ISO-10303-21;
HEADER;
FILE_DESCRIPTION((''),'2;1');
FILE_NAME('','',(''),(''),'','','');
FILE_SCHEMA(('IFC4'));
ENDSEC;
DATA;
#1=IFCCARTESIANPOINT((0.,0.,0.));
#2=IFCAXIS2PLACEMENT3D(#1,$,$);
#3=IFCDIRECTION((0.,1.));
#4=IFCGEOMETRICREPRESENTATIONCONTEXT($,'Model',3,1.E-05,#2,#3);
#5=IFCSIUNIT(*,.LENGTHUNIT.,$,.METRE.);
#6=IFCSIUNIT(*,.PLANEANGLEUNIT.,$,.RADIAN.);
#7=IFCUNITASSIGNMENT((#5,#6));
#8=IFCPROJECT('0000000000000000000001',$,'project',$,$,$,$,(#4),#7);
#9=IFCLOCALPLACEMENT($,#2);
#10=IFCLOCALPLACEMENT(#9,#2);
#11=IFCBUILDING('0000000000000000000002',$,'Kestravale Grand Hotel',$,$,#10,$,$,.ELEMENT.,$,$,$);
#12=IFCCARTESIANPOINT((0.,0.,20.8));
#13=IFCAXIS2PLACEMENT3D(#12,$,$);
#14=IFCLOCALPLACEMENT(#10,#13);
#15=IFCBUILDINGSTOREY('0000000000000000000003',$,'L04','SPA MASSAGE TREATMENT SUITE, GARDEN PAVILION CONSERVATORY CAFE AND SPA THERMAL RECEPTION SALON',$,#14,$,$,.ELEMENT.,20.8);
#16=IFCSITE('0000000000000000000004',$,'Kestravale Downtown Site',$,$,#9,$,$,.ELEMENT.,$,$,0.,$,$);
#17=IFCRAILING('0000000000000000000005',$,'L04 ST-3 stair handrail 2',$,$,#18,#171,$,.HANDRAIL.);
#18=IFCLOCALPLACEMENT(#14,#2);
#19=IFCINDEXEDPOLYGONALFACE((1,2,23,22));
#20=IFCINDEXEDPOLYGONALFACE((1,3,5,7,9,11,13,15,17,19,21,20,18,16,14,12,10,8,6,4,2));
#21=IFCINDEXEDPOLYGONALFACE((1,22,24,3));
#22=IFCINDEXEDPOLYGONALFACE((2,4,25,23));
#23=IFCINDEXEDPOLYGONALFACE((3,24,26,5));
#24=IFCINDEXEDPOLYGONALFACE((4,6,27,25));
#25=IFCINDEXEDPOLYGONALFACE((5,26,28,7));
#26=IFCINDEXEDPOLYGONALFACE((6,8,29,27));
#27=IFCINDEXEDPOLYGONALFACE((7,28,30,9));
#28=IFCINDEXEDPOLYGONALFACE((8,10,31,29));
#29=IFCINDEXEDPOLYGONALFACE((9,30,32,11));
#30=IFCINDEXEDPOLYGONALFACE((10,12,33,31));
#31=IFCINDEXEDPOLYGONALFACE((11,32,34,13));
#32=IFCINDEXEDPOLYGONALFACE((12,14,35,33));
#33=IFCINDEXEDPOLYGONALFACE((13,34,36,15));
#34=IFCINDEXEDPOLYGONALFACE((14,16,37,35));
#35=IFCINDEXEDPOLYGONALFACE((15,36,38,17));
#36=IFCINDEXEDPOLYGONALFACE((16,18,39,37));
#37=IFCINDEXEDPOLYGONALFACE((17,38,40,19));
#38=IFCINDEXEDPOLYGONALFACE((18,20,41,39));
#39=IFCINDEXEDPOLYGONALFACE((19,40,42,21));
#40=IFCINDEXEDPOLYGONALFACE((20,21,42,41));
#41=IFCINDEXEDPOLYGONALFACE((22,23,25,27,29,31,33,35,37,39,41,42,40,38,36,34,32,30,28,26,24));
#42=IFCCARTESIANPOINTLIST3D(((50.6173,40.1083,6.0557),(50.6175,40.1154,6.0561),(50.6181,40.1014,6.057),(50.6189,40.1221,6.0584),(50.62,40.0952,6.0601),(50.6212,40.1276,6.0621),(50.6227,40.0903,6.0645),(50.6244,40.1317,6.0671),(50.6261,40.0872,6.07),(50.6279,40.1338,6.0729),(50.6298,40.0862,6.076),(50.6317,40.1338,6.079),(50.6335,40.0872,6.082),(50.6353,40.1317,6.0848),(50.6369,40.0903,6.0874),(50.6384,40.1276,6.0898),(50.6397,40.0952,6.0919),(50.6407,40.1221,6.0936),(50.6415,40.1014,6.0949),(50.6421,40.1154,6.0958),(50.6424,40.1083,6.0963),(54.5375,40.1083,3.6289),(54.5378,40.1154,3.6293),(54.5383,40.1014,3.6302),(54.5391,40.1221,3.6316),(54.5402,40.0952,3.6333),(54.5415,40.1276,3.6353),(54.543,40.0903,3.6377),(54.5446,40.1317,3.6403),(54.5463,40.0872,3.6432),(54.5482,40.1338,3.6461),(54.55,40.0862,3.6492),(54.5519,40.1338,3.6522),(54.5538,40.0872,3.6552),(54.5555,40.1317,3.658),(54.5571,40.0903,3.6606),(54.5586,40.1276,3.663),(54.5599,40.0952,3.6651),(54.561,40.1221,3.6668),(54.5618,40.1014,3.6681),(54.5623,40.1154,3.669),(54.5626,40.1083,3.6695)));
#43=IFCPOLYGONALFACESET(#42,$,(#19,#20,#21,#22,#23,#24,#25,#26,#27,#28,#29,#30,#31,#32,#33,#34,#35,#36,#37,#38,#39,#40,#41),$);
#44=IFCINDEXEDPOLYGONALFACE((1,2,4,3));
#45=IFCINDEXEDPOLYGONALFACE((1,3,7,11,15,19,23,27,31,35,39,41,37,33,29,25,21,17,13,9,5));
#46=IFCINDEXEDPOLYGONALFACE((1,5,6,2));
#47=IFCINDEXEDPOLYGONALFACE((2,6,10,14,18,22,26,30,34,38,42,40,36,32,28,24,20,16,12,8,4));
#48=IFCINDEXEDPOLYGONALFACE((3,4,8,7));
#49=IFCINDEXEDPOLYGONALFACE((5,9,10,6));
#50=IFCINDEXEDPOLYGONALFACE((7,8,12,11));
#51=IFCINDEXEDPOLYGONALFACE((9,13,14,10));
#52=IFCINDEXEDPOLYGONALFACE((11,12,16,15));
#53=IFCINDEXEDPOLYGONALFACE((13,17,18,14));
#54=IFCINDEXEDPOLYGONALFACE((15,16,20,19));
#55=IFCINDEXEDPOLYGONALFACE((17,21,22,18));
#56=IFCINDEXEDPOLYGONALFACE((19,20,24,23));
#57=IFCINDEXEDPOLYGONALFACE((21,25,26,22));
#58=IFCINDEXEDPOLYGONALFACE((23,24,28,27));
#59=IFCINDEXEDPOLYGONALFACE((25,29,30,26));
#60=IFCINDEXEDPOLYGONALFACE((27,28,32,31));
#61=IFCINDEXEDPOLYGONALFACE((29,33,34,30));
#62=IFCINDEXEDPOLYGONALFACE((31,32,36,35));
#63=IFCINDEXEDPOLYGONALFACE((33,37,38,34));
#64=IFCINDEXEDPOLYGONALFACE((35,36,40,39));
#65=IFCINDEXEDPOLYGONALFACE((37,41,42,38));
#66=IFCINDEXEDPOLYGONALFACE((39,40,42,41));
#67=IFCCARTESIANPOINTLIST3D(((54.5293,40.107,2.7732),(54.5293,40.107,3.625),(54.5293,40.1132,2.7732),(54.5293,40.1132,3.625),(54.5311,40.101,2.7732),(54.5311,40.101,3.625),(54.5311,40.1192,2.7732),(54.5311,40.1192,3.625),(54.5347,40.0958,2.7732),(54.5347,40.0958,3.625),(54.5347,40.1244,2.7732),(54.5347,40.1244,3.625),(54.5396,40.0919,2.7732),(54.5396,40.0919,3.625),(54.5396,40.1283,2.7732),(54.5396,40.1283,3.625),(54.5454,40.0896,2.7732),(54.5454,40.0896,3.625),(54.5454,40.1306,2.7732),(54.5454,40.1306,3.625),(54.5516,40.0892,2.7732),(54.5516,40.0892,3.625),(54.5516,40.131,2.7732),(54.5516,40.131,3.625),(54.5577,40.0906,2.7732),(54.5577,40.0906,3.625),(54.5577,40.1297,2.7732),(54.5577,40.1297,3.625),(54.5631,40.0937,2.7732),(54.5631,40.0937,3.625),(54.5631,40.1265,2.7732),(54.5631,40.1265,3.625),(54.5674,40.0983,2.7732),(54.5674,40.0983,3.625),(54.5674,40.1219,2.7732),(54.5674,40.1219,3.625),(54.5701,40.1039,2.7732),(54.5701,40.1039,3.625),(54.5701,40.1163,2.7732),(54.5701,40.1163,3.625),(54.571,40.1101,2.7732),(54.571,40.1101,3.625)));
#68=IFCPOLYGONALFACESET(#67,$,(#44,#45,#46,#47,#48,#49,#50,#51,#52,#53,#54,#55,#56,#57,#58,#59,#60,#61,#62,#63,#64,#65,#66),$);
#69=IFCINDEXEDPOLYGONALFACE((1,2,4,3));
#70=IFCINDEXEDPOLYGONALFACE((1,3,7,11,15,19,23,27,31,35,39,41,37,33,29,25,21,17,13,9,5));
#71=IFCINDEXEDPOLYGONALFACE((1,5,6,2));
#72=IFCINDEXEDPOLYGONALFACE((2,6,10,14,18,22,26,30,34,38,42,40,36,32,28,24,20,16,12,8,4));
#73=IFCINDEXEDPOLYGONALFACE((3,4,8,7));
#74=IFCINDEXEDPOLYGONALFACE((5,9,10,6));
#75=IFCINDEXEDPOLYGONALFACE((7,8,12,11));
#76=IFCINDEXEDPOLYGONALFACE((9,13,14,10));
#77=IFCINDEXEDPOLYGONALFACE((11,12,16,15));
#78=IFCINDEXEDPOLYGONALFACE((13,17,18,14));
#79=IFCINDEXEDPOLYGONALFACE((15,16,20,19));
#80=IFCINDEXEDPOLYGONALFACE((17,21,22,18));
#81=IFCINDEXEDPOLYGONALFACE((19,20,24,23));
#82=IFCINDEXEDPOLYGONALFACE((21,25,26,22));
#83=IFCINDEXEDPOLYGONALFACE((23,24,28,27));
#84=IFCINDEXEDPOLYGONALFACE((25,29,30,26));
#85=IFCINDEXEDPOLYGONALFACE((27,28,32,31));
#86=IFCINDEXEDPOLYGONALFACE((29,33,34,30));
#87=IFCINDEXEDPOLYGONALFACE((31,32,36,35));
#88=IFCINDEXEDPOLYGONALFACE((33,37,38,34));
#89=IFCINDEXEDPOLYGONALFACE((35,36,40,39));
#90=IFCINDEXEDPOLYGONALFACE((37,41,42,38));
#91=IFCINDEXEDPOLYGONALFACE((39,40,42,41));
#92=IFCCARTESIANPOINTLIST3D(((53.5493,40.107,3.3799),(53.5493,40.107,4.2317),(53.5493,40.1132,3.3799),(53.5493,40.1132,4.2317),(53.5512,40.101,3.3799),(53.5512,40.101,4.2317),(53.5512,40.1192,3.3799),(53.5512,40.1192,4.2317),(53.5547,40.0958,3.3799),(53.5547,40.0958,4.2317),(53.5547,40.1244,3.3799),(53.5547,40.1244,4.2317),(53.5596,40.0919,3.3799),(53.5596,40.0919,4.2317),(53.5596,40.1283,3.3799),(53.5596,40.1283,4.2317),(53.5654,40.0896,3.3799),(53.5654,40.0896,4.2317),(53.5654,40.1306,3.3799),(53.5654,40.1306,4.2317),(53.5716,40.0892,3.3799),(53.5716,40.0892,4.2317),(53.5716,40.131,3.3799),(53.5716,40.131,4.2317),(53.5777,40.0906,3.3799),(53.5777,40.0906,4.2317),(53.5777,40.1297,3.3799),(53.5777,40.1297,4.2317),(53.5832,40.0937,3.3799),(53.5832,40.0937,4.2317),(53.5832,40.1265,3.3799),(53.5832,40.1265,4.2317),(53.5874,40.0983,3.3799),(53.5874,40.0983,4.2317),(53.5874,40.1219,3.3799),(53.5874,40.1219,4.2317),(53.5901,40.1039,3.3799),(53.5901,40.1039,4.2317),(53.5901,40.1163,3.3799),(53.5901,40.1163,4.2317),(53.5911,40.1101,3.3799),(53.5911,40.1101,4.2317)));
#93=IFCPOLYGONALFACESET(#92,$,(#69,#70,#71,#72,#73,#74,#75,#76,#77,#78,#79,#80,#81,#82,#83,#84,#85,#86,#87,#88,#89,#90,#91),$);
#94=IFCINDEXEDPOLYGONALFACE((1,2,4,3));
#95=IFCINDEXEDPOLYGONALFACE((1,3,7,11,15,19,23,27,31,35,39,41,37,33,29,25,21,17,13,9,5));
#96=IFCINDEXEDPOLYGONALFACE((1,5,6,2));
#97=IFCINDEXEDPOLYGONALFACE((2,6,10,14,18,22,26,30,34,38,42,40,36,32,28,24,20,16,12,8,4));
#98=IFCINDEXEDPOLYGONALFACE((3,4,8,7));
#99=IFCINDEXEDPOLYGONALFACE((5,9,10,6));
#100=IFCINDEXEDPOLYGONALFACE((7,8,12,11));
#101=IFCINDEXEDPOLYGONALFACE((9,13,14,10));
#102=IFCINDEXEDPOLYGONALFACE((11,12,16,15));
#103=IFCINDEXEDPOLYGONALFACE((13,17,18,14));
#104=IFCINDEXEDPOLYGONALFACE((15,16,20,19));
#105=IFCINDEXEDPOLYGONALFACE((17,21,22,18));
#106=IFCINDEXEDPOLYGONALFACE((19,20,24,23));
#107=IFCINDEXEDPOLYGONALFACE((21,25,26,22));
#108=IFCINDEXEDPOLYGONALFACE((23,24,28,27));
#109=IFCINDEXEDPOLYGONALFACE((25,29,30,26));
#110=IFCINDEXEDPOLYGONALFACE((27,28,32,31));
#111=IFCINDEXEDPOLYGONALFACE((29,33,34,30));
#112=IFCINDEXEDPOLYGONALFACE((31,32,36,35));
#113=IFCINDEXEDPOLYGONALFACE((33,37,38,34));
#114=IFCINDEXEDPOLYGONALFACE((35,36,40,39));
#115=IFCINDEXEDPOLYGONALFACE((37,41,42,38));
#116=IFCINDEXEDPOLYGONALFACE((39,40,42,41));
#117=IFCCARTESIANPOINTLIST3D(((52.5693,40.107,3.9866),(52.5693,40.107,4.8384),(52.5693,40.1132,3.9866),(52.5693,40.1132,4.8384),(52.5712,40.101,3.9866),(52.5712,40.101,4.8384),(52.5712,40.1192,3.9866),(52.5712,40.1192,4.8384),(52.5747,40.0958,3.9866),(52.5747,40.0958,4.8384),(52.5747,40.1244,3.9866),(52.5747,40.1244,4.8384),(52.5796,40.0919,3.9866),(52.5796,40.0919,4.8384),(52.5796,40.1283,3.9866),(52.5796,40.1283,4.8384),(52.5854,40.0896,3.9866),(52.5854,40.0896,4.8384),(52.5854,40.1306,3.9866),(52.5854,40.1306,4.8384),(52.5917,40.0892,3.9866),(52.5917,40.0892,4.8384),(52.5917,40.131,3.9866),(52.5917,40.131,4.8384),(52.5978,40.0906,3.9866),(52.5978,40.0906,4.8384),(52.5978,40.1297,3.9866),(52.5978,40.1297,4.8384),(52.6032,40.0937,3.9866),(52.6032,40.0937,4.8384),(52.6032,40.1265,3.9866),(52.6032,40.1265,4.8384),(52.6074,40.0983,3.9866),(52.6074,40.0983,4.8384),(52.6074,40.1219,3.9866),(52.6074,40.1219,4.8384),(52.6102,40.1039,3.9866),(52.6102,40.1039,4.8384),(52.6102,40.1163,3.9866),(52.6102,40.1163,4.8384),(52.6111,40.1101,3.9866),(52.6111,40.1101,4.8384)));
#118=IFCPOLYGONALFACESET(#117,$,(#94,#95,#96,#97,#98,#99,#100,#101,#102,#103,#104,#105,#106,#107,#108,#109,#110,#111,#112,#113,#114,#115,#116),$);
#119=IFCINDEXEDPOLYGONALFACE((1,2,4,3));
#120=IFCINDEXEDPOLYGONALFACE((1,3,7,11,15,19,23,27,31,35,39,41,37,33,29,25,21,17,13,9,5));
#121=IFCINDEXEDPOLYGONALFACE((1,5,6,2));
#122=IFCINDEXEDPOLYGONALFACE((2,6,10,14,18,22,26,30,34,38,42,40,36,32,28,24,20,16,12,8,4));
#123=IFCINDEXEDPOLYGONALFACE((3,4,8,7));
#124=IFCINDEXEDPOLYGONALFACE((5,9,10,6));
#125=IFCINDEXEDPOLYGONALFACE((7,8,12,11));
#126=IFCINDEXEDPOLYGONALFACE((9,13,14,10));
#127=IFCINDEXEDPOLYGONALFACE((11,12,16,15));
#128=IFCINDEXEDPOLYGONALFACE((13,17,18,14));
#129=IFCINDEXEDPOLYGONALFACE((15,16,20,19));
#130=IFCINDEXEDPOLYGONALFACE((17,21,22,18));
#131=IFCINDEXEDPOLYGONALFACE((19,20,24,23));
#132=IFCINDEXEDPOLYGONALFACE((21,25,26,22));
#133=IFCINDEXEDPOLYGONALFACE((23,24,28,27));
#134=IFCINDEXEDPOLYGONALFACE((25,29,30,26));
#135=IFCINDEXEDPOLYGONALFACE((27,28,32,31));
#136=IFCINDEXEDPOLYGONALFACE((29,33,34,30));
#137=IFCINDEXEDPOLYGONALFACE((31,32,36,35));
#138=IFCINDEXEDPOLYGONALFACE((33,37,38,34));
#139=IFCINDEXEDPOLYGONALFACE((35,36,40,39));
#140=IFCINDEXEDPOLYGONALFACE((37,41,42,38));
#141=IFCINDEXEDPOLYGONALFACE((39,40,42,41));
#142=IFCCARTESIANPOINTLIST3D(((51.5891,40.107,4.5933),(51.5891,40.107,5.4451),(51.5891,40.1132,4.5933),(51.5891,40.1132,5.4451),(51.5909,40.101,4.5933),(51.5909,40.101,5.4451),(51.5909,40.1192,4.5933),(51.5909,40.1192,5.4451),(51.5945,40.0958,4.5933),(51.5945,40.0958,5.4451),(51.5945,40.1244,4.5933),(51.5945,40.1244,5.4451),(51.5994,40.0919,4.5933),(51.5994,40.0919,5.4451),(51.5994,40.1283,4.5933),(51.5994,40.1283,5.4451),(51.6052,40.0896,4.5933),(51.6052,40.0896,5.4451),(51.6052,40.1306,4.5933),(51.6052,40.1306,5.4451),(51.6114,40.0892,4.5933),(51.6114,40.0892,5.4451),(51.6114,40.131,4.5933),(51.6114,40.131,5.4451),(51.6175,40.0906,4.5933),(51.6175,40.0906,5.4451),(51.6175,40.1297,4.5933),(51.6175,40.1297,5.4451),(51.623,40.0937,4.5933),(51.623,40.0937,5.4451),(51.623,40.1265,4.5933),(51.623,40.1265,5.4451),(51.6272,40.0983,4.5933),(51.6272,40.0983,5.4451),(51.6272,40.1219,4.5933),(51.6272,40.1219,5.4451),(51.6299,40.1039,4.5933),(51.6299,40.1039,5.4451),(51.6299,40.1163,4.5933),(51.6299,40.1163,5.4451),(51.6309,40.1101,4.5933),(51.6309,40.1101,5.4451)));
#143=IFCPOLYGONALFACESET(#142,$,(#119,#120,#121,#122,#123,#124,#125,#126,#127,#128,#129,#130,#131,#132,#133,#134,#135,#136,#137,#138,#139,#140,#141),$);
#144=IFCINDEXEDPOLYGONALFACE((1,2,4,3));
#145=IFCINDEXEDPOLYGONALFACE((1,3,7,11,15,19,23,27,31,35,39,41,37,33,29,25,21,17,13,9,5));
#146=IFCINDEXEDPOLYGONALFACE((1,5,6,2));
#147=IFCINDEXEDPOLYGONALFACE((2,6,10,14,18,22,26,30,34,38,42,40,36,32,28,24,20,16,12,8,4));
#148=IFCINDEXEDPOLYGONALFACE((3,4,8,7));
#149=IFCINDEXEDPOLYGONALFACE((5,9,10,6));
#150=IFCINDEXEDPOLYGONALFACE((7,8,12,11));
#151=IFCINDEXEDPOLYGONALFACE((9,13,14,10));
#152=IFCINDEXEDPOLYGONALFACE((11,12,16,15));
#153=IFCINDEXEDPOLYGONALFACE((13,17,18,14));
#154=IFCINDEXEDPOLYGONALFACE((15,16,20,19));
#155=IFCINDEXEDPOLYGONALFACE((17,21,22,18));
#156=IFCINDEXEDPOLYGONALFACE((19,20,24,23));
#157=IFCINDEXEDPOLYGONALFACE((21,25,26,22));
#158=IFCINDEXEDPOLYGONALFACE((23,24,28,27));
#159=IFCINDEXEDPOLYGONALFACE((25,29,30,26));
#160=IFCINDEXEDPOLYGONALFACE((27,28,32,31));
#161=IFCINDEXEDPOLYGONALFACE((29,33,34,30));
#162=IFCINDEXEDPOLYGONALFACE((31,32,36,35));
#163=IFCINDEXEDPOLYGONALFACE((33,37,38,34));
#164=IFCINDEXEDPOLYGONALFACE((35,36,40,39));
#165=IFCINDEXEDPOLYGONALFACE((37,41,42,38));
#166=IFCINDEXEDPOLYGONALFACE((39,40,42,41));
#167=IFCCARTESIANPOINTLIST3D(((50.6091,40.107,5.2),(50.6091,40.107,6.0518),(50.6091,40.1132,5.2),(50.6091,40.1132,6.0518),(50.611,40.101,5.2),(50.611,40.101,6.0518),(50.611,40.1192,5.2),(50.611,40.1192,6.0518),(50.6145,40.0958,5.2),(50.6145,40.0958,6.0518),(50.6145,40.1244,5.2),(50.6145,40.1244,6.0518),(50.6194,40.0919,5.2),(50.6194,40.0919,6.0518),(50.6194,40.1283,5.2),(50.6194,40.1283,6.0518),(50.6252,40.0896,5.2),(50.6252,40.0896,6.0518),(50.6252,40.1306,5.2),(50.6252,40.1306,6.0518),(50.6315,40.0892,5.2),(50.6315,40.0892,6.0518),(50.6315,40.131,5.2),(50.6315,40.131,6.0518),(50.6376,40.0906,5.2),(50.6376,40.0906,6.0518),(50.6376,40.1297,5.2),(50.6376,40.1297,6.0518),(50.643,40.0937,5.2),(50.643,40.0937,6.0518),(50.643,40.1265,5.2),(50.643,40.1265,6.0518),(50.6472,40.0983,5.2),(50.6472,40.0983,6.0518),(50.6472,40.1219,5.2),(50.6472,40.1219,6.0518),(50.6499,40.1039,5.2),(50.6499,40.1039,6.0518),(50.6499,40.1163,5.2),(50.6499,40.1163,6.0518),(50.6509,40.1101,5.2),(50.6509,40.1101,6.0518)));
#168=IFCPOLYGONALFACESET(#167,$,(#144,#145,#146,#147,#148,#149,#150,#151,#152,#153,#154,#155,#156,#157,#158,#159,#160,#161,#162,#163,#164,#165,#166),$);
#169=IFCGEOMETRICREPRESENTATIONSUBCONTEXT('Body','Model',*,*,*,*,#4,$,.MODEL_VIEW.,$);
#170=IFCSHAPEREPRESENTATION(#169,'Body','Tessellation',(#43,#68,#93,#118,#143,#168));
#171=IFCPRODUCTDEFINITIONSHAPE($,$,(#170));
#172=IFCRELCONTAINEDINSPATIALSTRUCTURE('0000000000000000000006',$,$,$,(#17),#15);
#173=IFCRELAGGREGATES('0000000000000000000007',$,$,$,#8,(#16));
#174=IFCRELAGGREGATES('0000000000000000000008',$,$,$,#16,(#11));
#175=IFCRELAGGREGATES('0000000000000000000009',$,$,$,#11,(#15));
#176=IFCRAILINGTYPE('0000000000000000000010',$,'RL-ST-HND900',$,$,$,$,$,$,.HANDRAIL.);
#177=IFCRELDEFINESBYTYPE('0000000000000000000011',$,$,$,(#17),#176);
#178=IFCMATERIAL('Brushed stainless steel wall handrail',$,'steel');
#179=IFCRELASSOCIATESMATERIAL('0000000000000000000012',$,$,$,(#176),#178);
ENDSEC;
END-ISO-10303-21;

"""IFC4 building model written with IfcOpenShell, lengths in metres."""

from ifc_helpers import new_model, si_unit, direction, frame, origin, origin_2d, place, context, subcontext, project, spatial, circle, extrude, material, type_object, element, save


model = new_model("IFC4")

# Units and contexts
model_context = context("Model", 3, precision=1e-05, world=origin(), true_north=direction((0.0, 1.0)))
body_context = subcontext(model_context, "Body", "Model", "MODEL_VIEW")
ifc_project = project(units=[si_unit("LENGTHUNIT", "METRE"), si_unit("PLANEANGLEUNIT", "RADIAN")], contexts=[model_context])

# Site, building, storey
site_placement = place(None, origin())
site = spatial("IfcSite", under=ifc_project, at=site_placement, Name="Kestravale Downtown Site", CompositionType="ELEMENT", RefElevation=0.0)
building_placement = place(site_placement, origin())
building = spatial("IfcBuilding", under=site, at=building_placement, Name="Kestravale Grand Hotel", CompositionType="ELEMENT")
storey_placement = place(building_placement, frame((0.0, 0.0, 20.8)))
storey = spatial("IfcBuildingStorey", under=building, at=storey_placement, Name="L04", Description="SPA MASSAGE TREATMENT SUITE, GARDEN PAVILION CONSERVATORY CAFE AND SPA THERMAL RECEPTION SALON", CompositionType="ELEMENT", Elevation=20.8)

# Railing
ifc_material_1 = material(Name="Brushed stainless steel wall handrail", Category="steel")
railing_type_1 = type_object("IfcRailingType", Name="RL-ST-HND900", PredefinedType="HANDRAIL", material=ifc_material_1)
railing_1_placement = place(storey_placement, frame((54.55, 40.1101, 2.7732)))
element("IfcRailing", 1, at=railing_1_placement, inside=storey, type_object=railing_type_1, Name="L04 ST-3 stair handrail 2", PredefinedType="HANDRAIL", context=body_context, shape_type="SweptSolid", body=[
    extrude(circle(Radius=0.0239, at=origin_2d()), frame((0.0, 0.0, 0.876), z_axis=(-0.850266, 0.0, 0.526353), x_axis=(0.0, -1.0, 0.0)), (0.0, 0.0, 1.0), 4.6106),
    extrude(circle(Radius=0.021, at=origin_2d()), origin(), (0.0, 0.0, 1.0), 0.8518),
    extrude(circle(Radius=0.021, at=origin_2d()), frame((-0.98, 0.0, 0.6067)), (0.0, 0.0, 1.0), 0.8518),
    extrude(circle(Radius=0.021, at=origin_2d()), frame((-1.96, 0.0, 1.2134)), (0.0, 0.0, 1.0), 0.8518),
    extrude(circle(Radius=0.021, at=origin_2d()), frame((-2.9402, 0.0, 1.8201)), (0.0, 0.0, 1.0), 0.8518),
    extrude(circle(Radius=0.021, at=origin_2d()), frame((-3.9202, 0.0, 2.4268)), (0.0, 0.0, 1.0), 0.8518),
])

save(model, "model.ifc")
